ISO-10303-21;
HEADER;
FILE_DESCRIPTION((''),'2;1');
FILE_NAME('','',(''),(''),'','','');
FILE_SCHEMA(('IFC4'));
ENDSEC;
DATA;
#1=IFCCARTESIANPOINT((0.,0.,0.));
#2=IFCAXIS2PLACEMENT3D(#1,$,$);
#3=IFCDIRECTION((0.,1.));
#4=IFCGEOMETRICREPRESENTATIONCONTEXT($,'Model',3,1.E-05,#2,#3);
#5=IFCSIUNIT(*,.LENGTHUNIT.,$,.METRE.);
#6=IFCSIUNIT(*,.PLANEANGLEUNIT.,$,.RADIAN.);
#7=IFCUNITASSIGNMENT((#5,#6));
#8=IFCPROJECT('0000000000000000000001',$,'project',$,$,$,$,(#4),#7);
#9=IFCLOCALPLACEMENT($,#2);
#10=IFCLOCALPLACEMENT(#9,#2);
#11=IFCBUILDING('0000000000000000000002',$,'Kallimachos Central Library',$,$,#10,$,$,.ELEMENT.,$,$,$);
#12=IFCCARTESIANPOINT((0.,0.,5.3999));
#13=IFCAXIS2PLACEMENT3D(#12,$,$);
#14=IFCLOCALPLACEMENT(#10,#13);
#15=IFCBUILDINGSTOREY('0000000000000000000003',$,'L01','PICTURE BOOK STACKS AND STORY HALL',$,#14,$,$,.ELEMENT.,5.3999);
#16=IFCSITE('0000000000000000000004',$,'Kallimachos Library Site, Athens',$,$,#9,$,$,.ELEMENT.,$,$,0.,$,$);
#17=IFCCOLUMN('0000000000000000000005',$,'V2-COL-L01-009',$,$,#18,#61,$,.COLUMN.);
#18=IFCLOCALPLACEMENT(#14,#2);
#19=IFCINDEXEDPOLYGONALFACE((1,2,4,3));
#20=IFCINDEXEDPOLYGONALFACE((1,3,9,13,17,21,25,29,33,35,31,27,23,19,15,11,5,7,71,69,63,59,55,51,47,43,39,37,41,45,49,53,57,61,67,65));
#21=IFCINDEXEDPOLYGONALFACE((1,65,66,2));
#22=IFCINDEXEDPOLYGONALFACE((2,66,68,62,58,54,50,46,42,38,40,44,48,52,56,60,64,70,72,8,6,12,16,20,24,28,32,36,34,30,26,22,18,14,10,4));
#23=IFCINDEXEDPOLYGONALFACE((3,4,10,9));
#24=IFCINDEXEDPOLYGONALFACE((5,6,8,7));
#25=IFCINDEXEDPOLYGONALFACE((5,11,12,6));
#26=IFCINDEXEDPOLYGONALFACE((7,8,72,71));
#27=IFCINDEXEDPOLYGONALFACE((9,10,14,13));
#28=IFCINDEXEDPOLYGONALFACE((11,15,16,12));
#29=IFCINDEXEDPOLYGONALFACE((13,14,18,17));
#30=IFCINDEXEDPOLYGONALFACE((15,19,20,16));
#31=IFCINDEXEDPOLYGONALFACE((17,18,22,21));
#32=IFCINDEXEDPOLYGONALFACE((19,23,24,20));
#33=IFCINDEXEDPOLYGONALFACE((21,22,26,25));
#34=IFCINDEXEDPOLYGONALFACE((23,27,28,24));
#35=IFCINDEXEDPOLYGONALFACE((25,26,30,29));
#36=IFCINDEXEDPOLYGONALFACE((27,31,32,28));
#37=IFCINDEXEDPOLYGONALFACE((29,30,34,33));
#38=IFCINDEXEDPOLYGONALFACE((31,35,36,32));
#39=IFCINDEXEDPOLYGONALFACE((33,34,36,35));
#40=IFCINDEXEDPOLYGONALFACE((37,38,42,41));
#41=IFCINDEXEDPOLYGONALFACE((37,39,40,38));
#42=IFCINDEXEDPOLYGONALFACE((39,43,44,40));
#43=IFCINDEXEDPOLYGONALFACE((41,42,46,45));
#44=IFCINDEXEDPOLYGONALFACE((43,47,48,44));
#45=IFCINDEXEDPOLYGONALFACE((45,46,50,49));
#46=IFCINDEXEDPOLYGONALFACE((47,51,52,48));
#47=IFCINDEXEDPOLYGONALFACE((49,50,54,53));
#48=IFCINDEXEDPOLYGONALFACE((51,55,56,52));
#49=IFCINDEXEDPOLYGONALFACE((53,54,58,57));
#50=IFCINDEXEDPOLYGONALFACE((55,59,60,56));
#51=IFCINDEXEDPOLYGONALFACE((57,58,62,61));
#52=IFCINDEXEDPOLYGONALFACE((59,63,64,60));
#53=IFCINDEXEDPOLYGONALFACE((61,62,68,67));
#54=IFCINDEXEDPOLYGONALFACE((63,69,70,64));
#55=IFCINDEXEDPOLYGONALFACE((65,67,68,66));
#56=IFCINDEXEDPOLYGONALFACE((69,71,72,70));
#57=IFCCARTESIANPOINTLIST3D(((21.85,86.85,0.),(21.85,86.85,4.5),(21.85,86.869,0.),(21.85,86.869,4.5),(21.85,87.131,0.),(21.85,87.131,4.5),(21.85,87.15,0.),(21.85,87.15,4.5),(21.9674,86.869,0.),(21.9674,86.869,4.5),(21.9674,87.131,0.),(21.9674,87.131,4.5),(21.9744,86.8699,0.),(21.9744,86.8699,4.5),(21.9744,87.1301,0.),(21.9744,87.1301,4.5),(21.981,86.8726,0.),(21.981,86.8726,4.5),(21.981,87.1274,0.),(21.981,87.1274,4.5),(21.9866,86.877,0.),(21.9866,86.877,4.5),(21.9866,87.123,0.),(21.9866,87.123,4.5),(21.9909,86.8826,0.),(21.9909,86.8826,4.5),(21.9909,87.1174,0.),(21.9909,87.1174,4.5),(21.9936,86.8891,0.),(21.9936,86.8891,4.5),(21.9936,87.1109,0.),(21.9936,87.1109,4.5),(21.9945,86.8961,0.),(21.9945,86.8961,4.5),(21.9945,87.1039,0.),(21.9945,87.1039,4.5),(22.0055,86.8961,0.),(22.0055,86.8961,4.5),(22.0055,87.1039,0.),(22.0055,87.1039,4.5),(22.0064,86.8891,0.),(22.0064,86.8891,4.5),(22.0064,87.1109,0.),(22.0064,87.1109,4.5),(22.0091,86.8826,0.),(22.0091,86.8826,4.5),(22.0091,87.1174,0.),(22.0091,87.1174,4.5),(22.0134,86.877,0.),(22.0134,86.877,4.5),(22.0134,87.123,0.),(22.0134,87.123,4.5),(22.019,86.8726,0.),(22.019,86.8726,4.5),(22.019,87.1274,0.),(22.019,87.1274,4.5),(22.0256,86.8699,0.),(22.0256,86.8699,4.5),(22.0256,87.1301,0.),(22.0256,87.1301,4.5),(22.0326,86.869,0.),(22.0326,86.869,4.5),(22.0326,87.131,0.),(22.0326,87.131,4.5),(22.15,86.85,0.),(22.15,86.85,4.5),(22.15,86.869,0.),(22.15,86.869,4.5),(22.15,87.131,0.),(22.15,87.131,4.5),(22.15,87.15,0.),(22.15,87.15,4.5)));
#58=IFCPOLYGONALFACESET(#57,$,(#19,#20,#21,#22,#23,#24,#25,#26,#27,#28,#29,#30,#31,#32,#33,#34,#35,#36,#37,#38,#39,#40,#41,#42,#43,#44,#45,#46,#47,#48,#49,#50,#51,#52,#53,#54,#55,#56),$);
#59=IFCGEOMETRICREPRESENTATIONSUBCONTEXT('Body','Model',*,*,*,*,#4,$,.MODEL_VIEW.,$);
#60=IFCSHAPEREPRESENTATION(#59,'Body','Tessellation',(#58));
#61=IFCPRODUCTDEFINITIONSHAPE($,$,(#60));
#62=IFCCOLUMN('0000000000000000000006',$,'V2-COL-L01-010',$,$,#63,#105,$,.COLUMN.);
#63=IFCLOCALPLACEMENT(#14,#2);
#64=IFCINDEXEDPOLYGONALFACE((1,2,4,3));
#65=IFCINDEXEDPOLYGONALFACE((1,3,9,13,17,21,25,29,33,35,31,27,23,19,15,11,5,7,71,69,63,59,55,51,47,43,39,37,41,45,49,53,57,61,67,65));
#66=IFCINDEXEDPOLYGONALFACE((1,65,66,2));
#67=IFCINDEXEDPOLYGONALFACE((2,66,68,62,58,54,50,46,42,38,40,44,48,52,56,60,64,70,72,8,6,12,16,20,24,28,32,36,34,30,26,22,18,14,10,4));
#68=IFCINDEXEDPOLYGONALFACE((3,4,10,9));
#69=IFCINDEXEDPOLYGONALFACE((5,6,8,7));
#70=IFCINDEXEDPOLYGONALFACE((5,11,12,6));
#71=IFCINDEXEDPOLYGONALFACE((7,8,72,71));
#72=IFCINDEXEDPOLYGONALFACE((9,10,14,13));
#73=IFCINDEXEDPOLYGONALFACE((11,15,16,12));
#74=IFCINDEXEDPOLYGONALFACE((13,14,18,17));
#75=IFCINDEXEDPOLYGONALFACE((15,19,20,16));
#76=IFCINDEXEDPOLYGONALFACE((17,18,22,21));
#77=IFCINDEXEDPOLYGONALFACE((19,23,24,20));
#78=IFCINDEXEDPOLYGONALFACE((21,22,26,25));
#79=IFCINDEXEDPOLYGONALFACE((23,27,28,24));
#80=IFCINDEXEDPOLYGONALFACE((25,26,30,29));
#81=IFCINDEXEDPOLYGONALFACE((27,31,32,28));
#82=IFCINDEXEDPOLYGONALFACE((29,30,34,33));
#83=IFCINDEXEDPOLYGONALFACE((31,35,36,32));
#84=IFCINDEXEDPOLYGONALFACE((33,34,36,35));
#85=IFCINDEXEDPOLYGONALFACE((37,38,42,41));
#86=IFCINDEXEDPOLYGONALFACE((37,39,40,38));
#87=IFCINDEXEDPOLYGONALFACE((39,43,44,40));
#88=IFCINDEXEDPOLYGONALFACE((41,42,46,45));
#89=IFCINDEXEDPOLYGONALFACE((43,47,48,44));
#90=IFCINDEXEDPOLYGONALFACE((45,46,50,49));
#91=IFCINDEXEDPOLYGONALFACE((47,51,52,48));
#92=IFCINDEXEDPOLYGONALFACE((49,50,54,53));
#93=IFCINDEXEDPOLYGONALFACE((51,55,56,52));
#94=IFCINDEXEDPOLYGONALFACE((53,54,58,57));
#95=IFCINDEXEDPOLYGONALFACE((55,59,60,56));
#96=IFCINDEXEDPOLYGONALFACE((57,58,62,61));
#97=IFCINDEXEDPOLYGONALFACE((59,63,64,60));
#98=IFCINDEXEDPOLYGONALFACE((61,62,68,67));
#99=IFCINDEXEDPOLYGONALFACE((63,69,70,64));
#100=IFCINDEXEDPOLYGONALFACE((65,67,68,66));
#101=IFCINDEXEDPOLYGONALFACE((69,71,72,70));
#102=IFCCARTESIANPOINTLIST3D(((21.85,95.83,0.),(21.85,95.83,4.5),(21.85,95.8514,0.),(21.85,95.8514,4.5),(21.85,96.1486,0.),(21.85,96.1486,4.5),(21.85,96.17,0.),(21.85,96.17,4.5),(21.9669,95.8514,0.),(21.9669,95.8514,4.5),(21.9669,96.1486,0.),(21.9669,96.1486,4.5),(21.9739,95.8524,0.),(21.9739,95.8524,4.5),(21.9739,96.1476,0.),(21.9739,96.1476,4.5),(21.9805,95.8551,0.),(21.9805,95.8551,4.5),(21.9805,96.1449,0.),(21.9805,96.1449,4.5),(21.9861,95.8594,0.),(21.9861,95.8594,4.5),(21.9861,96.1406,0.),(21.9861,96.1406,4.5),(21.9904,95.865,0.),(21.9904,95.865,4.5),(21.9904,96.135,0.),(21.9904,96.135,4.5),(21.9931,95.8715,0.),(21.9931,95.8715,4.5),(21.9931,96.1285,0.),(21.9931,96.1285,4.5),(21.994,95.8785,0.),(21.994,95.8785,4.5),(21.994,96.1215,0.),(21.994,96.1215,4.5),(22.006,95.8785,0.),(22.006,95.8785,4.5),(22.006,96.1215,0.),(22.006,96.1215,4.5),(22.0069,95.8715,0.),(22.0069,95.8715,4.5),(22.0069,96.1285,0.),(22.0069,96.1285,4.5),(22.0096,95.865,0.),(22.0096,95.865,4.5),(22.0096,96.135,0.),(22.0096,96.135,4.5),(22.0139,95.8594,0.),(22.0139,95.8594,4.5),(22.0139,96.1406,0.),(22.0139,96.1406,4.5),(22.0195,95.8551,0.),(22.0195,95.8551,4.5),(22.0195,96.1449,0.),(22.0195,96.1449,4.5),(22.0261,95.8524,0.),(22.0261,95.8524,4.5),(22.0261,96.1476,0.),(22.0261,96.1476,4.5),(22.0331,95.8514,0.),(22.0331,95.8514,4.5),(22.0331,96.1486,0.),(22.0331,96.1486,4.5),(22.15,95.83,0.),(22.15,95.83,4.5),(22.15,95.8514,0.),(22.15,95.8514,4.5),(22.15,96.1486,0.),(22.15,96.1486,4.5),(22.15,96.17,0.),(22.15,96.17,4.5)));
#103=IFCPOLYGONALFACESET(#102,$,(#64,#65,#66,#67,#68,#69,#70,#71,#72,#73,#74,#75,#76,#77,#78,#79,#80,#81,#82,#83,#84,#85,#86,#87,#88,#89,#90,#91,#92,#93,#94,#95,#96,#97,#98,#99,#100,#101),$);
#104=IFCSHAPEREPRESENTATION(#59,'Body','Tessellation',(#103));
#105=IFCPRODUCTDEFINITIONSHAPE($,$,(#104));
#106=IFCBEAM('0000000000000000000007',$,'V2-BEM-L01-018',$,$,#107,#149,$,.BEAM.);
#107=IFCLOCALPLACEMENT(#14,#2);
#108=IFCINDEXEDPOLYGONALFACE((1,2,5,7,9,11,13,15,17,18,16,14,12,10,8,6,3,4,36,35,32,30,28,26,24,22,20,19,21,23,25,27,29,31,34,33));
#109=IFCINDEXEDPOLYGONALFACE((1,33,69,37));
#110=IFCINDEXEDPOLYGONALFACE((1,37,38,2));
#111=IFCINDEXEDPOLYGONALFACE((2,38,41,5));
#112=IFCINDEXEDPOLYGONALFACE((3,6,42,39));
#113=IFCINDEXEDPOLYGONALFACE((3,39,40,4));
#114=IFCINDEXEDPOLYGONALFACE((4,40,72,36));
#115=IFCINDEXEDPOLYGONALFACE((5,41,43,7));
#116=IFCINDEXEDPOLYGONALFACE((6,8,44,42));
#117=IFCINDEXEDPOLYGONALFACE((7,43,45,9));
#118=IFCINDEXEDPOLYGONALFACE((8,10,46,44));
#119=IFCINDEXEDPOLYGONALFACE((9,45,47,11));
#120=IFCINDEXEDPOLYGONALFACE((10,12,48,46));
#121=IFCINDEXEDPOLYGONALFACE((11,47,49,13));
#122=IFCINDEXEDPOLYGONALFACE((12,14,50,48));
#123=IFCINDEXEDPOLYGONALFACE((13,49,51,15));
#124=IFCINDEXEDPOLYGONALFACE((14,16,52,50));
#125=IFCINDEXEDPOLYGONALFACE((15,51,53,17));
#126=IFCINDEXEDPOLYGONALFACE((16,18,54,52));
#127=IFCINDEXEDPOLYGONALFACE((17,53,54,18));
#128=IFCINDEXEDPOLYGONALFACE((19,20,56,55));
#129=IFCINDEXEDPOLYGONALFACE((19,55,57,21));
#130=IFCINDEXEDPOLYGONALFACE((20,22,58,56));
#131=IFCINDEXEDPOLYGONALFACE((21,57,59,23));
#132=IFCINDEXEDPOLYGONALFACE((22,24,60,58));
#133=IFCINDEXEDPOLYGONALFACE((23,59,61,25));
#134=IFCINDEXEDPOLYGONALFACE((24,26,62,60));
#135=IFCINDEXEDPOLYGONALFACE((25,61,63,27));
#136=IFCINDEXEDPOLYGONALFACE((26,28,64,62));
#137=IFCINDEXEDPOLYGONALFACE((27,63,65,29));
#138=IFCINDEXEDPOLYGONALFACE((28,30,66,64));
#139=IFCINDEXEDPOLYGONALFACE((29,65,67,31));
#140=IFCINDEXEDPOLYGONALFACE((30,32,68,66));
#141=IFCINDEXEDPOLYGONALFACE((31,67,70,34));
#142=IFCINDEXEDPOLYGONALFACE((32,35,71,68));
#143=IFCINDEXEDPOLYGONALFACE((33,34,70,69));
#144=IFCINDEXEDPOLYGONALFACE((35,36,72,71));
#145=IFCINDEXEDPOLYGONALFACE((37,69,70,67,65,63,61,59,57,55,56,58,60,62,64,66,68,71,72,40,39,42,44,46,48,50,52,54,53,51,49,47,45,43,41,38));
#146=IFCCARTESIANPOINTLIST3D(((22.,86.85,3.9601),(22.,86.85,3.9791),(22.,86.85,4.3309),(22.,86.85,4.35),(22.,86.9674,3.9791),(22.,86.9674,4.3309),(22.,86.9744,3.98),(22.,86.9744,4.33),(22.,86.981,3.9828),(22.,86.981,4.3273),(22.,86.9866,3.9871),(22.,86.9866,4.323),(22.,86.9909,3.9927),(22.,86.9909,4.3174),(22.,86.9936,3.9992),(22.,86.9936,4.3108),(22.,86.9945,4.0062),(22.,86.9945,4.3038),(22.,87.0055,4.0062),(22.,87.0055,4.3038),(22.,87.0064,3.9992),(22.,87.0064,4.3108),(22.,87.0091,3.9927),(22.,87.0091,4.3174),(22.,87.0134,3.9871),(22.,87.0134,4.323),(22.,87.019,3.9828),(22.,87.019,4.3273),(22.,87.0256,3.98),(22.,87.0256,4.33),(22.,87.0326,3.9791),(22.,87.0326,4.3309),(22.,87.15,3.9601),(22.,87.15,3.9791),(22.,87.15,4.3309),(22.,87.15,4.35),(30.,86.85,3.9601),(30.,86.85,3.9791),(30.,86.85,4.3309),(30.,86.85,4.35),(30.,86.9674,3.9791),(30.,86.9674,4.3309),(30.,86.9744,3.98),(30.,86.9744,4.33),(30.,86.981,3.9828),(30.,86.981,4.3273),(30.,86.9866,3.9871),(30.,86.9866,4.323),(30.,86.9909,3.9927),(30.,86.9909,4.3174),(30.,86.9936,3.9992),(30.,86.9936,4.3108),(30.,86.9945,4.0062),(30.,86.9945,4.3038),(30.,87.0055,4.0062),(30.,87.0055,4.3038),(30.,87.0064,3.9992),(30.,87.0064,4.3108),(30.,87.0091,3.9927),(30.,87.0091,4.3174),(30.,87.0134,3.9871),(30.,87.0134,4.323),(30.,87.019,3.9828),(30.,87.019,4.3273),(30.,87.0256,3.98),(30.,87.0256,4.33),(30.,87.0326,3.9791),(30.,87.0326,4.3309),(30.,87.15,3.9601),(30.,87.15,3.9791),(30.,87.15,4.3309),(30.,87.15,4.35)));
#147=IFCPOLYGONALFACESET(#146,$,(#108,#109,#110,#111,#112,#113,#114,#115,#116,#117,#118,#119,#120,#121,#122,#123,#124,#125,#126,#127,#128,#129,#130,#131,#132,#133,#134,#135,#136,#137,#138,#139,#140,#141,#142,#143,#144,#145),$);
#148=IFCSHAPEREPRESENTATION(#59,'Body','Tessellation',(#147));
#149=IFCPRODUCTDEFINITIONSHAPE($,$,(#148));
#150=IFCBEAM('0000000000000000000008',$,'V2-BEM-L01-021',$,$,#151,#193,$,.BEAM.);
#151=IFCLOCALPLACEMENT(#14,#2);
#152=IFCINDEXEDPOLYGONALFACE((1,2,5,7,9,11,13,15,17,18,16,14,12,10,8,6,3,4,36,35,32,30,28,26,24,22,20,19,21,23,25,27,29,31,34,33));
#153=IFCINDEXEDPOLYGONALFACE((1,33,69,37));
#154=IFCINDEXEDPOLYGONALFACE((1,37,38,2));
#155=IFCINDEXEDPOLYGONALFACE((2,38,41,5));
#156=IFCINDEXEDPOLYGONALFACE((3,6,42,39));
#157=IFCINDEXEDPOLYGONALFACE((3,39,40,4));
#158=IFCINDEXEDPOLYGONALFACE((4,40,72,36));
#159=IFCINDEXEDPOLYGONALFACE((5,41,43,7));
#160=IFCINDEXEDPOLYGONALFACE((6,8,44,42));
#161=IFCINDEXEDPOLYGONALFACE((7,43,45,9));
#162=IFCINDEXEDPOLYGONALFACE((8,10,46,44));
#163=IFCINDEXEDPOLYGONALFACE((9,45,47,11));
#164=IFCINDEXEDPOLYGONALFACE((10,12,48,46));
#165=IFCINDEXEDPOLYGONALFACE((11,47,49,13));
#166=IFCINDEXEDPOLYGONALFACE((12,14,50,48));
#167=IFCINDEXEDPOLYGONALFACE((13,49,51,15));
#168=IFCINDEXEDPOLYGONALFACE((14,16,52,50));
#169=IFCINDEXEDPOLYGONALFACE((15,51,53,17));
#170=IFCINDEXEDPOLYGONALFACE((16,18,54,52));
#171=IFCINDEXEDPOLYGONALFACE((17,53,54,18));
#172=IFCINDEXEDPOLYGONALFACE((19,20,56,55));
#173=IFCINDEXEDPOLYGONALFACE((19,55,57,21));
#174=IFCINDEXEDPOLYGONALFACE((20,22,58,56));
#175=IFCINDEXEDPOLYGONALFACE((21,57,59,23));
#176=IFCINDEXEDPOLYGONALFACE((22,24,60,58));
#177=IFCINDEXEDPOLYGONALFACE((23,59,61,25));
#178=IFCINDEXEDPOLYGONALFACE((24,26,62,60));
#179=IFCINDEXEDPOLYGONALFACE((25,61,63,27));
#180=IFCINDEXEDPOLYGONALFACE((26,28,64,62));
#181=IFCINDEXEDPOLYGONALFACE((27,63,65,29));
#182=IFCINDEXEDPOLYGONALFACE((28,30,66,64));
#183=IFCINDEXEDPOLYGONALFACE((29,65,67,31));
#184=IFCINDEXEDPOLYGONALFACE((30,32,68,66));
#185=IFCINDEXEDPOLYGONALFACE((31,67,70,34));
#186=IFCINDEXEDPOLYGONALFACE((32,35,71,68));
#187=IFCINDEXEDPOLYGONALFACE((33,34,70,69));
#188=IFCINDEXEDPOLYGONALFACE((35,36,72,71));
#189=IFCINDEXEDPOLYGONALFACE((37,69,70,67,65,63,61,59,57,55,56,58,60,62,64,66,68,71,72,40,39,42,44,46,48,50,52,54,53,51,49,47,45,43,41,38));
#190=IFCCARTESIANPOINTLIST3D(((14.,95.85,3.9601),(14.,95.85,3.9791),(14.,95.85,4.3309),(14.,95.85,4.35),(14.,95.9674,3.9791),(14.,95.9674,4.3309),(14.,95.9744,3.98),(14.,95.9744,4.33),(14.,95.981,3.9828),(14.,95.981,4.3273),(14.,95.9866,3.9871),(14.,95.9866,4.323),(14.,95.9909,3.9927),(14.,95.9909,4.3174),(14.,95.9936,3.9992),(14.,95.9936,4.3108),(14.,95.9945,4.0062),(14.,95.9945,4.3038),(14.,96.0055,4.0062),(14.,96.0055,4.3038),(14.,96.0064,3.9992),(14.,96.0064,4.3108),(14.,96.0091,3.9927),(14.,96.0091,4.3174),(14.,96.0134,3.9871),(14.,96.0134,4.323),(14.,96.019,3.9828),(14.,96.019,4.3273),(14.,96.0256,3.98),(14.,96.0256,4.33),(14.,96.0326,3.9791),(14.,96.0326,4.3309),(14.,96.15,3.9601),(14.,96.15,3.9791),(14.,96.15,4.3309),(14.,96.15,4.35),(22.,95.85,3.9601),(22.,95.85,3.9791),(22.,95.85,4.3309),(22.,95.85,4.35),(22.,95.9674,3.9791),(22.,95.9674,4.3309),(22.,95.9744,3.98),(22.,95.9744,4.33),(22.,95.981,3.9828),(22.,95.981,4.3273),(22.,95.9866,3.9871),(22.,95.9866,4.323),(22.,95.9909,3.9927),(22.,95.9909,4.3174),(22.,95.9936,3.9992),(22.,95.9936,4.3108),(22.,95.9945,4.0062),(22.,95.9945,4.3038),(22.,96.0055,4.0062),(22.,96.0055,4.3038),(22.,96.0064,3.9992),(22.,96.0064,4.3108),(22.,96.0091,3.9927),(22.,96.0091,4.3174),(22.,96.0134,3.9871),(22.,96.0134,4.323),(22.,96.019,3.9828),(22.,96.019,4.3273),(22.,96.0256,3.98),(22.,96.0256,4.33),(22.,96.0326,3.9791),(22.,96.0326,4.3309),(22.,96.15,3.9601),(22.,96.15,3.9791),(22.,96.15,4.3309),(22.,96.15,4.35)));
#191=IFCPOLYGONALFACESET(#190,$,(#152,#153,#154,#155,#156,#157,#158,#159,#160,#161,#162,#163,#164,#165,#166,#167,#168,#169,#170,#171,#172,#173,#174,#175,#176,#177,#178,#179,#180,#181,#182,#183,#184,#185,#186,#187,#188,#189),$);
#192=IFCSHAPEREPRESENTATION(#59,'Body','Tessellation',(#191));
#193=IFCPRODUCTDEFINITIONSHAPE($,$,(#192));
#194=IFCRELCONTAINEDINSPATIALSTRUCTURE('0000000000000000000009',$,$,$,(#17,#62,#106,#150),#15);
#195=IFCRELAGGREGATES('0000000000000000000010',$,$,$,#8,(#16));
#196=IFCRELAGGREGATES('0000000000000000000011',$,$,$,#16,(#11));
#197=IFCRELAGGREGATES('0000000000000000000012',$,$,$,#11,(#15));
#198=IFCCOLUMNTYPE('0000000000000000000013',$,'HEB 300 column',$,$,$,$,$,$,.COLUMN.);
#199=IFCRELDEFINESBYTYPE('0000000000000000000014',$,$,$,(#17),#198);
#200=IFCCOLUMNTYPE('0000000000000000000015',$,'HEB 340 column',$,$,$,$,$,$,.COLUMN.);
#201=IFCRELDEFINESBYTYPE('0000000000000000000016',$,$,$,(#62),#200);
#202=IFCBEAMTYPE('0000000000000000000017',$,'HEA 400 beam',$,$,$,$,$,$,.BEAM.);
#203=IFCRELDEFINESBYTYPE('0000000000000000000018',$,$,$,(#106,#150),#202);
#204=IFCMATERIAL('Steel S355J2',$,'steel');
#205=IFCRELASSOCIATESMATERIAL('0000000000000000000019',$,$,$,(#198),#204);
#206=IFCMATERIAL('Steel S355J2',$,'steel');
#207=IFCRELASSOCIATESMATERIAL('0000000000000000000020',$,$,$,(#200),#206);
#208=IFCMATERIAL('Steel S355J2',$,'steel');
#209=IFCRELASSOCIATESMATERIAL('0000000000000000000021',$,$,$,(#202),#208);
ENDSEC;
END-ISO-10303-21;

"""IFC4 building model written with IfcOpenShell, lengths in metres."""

from ifc_helpers import new_model, si_unit, direction, frame, origin, origin_2d, place, context, subcontext, project, spatial, i_section, extrude, material, material_profile, profile_set, type_object, element, save


model = new_model("IFC4")

# Units and contexts
model_context = context("Model", 3, precision=1e-05, world=origin(), true_north=direction((0.0, 1.0)))
body_context = subcontext(model_context, "Body", "Model", "MODEL_VIEW")
ifc_project = project(units=[si_unit("LENGTHUNIT", "METRE"), si_unit("PLANEANGLEUNIT", "RADIAN")], contexts=[model_context])

# Site, building, storey
site_placement = place(None, origin())
site = spatial("IfcSite", under=ifc_project, at=site_placement, Name="Kallimachos Library Site, Athens", CompositionType="ELEMENT", RefElevation=0.0)
building_placement = place(site_placement, origin())
building = spatial("IfcBuilding", under=site, at=building_placement, Name="Kallimachos Central Library", CompositionType="ELEMENT")
storey_placement = place(building_placement, frame((0.0, 0.0, 5.3999)))
storey = spatial("IfcBuildingStorey", under=building, at=storey_placement, Name="L01", Description="PICTURE BOOK STACKS AND STORY HALL", CompositionType="ELEMENT", Elevation=5.3999)

# Columns
ifc_material_1 = material(Name="Steel S355J2", Category="steel")
ifc_material_profile_1 = material_profile(ifc_material_1, i_section(OverallWidth=0.3, OverallDepth=0.3, WebThickness=0.011, FlangeThickness=0.019, FilletRadius=0.0271, at=origin_2d()), Name="HEB 300")
ifc_profile_set_1 = profile_set([ifc_material_profile_1], Name="Steel S355J2")
column_type_1 = type_object("IfcColumnType", Name="HEB 300 column", PredefinedType="COLUMN", material=ifc_profile_set_1)
column_1_placement = place(storey_placement, frame((22.0, 87.0, 0.0), z_axis=(0.0, 0.0, 1.0), x_axis=(1.0, 0.0, 0.0)))
element("IfcColumn", 1, at=column_1_placement, inside=storey, type_object=column_type_1, Name="V2-COL-L01-009", PredefinedType="COLUMN", context=body_context, shape_type="SweptSolid", body=[
    extrude(i_section(OverallWidth=0.3, OverallDepth=0.3, WebThickness=0.011, FlangeThickness=0.019, FilletRadius=0.0271, at=origin_2d()), origin(), (0.0, 0.0, 1.0), 4.5),
])
ifc_material_2 = material(Name="Steel S355J2", Category="steel")
ifc_material_profile_2 = material_profile(ifc_material_2, i_section(OverallWidth=0.3, OverallDepth=0.3401, WebThickness=0.012, FlangeThickness=0.0215, FilletRadius=0.0271, at=origin_2d()), Name="HEB 340")
ifc_profile_set_2 = profile_set([ifc_material_profile_2], Name="Steel S355J2")
column_type_2 = type_object("IfcColumnType", Name="HEB 340 column", PredefinedType="COLUMN", material=ifc_profile_set_2)
column_2_placement = place(storey_placement, frame((22.0, 96.0, 0.0), z_axis=(0.0, 0.0, 1.0), x_axis=(1.0, 0.0, 0.0)))
element("IfcColumn", 2, at=column_2_placement, inside=storey, type_object=column_type_2, Name="V2-COL-L01-010", PredefinedType="COLUMN", context=body_context, shape_type="SweptSolid", body=[
    extrude(i_section(OverallWidth=0.3, OverallDepth=0.3401, WebThickness=0.012, FlangeThickness=0.0215, FilletRadius=0.0271, at=origin_2d()), origin(), (0.0, 0.0, 1.0), 4.5),
])

# Beams
ifc_material_3 = material(Name="Steel S355J2", Category="steel")
ifc_material_profile_3 = material_profile(ifc_material_3, i_section(OverallWidth=0.3, OverallDepth=0.3899, WebThickness=0.011, FlangeThickness=0.019, FilletRadius=0.0271, at=origin_2d()), Name="HEA 400")
ifc_profile_set_3 = profile_set([ifc_material_profile_3], Name="Steel S355J2")
beam_type_1 = type_object("IfcBeamType", Name="HEA 400 beam", PredefinedType="BEAM", material=ifc_profile_set_3)
for number, where, z_axis, x_axis, name in (
    (3, (22.0, 87.0, 4.155), (1.0, 0.0, 0.0), (0.0, 1.0, 0.0), "V2-BEM-L01-018"),
    (4, (14.0, 96.0, 4.155), (1.0, 0.0, 0.0), (0.0, 1.0, 0.0), "V2-BEM-L01-021"),
):
    element("IfcBeam", number, at=place(storey_placement, frame(where, z_axis=z_axis, x_axis=x_axis)), inside=storey, type_object=beam_type_1, Name=name, PredefinedType="BEAM", context=body_context, shape_type="SweptSolid", body=[
        extrude(i_section(OverallWidth=0.3, OverallDepth=0.3899, WebThickness=0.011, FlangeThickness=0.019, FilletRadius=0.0271, at=origin_2d()), origin(), (0.0, 0.0, 1.0), 8.0),
    ])

save(model, "model.ifc")
